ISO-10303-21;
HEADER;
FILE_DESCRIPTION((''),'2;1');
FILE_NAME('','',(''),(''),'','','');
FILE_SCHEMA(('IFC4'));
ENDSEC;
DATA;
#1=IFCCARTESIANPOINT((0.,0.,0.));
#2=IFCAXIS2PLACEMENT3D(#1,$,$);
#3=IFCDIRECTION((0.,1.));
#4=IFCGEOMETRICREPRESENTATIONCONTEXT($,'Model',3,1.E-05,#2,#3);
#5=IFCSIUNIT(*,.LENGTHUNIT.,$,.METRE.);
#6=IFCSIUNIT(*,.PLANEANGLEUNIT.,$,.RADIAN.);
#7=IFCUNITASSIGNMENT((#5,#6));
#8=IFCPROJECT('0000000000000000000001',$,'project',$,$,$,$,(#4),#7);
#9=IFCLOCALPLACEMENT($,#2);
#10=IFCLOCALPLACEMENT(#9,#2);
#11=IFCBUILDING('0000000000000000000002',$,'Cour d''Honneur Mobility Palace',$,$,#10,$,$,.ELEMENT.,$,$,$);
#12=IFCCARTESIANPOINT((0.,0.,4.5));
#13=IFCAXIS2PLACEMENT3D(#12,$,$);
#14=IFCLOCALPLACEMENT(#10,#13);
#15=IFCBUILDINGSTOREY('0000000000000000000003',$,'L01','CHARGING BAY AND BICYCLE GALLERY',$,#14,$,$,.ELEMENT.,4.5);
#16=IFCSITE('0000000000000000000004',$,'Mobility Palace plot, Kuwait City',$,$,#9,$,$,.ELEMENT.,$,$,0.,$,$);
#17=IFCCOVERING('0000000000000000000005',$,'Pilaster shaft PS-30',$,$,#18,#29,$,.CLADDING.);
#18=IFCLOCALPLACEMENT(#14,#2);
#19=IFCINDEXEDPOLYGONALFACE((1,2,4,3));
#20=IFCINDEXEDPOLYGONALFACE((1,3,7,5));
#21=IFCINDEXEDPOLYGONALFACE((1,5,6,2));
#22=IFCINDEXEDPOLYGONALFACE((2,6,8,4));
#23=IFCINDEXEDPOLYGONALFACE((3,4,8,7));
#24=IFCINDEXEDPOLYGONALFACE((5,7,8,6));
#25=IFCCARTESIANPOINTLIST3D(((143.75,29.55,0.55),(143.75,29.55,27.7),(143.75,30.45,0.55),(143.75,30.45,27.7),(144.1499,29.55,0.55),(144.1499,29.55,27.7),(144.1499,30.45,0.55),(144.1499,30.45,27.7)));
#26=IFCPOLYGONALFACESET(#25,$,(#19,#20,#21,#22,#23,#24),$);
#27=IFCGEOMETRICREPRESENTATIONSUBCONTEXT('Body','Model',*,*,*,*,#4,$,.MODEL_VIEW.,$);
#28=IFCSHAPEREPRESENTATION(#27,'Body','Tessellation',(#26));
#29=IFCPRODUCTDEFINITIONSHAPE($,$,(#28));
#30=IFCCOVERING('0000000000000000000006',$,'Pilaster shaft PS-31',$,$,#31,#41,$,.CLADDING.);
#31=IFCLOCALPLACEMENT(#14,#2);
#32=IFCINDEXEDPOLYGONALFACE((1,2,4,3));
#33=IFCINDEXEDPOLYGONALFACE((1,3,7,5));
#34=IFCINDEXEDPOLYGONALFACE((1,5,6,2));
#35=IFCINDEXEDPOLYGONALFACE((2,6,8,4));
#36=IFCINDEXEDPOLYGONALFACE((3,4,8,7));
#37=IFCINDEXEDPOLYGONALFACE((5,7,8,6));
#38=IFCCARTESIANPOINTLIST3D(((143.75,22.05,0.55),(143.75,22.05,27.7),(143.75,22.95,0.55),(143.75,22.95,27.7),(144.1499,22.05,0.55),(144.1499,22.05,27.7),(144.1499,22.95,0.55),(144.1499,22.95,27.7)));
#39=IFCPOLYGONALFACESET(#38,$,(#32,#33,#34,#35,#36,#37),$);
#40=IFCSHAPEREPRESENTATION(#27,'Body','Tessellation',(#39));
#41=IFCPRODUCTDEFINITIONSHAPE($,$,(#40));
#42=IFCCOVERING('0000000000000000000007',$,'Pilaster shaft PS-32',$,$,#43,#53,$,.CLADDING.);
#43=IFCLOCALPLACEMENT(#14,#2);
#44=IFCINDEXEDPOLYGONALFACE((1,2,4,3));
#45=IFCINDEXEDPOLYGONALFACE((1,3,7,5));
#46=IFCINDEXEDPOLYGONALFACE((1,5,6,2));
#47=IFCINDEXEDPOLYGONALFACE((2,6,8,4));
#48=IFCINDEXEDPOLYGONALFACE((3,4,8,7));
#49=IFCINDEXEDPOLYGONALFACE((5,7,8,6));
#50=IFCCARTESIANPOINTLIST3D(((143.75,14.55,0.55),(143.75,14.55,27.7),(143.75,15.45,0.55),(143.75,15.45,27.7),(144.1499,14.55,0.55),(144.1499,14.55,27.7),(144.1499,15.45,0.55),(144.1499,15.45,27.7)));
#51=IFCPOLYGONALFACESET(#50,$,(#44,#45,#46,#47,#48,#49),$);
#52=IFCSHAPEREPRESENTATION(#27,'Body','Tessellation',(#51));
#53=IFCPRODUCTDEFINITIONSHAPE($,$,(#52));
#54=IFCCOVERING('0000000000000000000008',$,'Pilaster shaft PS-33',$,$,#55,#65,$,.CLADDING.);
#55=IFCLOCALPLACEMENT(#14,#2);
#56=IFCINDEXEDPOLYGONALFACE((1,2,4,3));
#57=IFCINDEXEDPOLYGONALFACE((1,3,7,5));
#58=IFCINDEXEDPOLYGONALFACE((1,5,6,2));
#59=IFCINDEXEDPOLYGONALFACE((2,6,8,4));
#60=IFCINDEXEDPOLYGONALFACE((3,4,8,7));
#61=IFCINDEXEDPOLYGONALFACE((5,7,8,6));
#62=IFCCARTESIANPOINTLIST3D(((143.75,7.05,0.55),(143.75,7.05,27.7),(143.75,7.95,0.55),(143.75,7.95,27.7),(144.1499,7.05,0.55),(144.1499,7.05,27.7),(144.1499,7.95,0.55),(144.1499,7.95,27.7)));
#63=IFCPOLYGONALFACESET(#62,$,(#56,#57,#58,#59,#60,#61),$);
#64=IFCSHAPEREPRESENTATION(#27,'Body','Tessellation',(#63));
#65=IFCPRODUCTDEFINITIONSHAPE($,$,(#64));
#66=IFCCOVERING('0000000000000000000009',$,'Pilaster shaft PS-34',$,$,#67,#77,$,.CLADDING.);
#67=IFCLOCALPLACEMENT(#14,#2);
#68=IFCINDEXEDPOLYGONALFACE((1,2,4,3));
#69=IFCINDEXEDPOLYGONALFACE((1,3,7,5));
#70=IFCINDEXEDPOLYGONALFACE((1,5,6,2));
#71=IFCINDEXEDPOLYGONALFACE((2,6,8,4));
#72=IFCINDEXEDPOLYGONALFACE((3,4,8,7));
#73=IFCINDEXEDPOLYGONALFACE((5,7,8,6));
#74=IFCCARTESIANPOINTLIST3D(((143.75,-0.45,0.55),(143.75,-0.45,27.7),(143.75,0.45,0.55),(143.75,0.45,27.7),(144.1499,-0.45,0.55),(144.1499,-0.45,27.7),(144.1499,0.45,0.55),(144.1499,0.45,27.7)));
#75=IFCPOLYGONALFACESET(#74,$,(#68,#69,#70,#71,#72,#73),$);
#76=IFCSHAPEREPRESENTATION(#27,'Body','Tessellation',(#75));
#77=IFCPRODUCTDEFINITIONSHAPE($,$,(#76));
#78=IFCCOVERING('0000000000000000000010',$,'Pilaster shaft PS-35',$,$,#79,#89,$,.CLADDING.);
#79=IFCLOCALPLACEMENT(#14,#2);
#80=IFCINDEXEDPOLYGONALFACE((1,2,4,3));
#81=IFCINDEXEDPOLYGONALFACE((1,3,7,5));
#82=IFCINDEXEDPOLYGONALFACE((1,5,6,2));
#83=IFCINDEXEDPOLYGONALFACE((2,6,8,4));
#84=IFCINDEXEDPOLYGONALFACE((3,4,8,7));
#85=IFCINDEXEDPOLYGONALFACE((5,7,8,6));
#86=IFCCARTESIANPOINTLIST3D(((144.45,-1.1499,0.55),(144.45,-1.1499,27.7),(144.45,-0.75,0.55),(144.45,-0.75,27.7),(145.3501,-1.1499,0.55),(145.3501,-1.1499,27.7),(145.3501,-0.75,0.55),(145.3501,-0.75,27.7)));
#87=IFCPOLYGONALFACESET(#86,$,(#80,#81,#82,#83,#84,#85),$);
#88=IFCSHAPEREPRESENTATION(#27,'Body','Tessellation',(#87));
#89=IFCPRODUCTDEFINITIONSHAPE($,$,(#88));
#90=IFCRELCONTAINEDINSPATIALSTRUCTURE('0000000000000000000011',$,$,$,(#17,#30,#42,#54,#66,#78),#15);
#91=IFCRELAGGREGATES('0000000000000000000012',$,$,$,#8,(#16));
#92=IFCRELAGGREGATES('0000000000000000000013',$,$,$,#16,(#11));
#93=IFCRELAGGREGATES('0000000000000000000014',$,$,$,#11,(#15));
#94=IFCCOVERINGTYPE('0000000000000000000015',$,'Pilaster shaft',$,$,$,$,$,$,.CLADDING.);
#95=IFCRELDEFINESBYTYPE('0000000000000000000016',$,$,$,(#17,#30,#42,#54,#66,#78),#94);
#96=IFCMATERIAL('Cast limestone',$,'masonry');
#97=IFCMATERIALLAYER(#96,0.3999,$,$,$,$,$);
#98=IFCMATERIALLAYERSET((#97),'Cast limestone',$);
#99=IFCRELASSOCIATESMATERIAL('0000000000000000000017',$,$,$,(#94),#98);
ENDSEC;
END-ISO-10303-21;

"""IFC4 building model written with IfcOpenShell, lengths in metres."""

from ifc_helpers import new_model, si_unit, direction, frame, origin, place, context, subcontext, project, spatial, polyline, outline, extrude, material, layer, layer_set, type_object, element, save


model = new_model("IFC4")

# Units and contexts
model_context = context("Model", 3, precision=1e-05, world=origin(), true_north=direction((0.0, 1.0)))
body_context = subcontext(model_context, "Body", "Model", "MODEL_VIEW")
ifc_project = project(units=[si_unit("LENGTHUNIT", "METRE"), si_unit("PLANEANGLEUNIT", "RADIAN")], contexts=[model_context])

# Site, building, storey
site_placement = place(None, origin())
site = spatial("IfcSite", under=ifc_project, at=site_placement, Name="Mobility Palace plot, Kuwait City", CompositionType="ELEMENT", RefElevation=0.0)
building_placement = place(site_placement, origin())
building = spatial("IfcBuilding", under=site, at=building_placement, Name="Cour d'Honneur Mobility Palace", CompositionType="ELEMENT")
storey_placement = place(building_placement, frame((0.0, 0.0, 4.5)))
storey = spatial("IfcBuildingStorey", under=building, at=storey_placement, Name="L01", Description="CHARGING BAY AND BICYCLE GALLERY", CompositionType="ELEMENT", Elevation=4.5)

# Coverings
ifc_material = material(Name="Cast limestone", Category="masonry")
ifc_layer = layer(ifc_material, 0.3999)
ifc_layer_set = layer_set([ifc_layer], Name="Cast limestone")
covering_type = type_object("IfcCoveringType", Name="Pilaster shaft", PredefinedType="CLADDING", material=ifc_layer_set)
covering_1_placement = place(storey_placement, frame((0.0, 0.0, 0.55)))
element("IfcCovering", 1, at=covering_1_placement, inside=storey, type_object=covering_type, Name="Pilaster shaft PS-30", PredefinedType="CLADDING", context=body_context, shape_type="SweptSolid", body=[
    extrude(outline(polyline([(144.1499, 30.45), (144.1499, 29.55), (143.75, 29.55), (143.75, 30.45), (144.1499, 30.45)])), origin(), (0.0, 0.0, 1.0), 27.1499),
])
covering_2_placement = place(storey_placement, frame((0.0, 0.0, 0.55)))
element("IfcCovering", 2, at=covering_2_placement, inside=storey, type_object=covering_type, Name="Pilaster shaft PS-31", PredefinedType="CLADDING", context=body_context, shape_type="SweptSolid", body=[
    extrude(outline(polyline([(144.1499, 22.95), (144.1499, 22.05), (143.75, 22.05), (143.75, 22.95), (144.1499, 22.95)])), origin(), (0.0, 0.0, 1.0), 27.1499),
])
covering_3_placement = place(storey_placement, frame((0.0, 0.0, 0.55)))
element("IfcCovering", 3, at=covering_3_placement, inside=storey, type_object=covering_type, Name="Pilaster shaft PS-32", PredefinedType="CLADDING", context=body_context, shape_type="SweptSolid", body=[
    extrude(outline(polyline([(144.1499, 15.45), (144.1499, 14.55), (143.75, 14.55), (143.75, 15.45), (144.1499, 15.45)])), origin(), (0.0, 0.0, 1.0), 27.1499),
])
covering_4_placement = place(storey_placement, frame((0.0, 0.0, 0.55)))
element("IfcCovering", 4, at=covering_4_placement, inside=storey, type_object=covering_type, Name="Pilaster shaft PS-33", PredefinedType="CLADDING", context=body_context, shape_type="SweptSolid", body=[
    extrude(outline(polyline([(144.1499, 7.95), (144.1499, 7.05), (143.75, 7.05), (143.75, 7.95), (144.1499, 7.95)])), origin(), (0.0, 0.0, 1.0), 27.1499),
])
covering_5_placement = place(storey_placement, frame((0.0, 0.0, 0.55)))
element("IfcCovering", 5, at=covering_5_placement, inside=storey, type_object=covering_type, Name="Pilaster shaft PS-34", PredefinedType="CLADDING", context=body_context, shape_type="SweptSolid", body=[
    extrude(outline(polyline([(144.1499, 0.45), (144.1499, -0.45), (143.75, -0.45), (143.75, 0.45), (144.1499, 0.45)])), origin(), (0.0, 0.0, 1.0), 27.1499),
])
covering_6_placement = place(storey_placement, frame((0.0, 0.0, 0.55)))
element("IfcCovering", 6, at=covering_6_placement, inside=storey, type_object=covering_type, Name="Pilaster shaft PS-35", PredefinedType="CLADDING", context=body_context, shape_type="SweptSolid", body=[
    extrude(outline(polyline([(144.45, -0.75), (145.3501, -0.75), (145.3501, -1.1499), (144.45, -1.1499), (144.45, -0.75)])), origin(), (0.0, 0.0, 1.0), 27.1499),
])

save(model, "model.ifc")
